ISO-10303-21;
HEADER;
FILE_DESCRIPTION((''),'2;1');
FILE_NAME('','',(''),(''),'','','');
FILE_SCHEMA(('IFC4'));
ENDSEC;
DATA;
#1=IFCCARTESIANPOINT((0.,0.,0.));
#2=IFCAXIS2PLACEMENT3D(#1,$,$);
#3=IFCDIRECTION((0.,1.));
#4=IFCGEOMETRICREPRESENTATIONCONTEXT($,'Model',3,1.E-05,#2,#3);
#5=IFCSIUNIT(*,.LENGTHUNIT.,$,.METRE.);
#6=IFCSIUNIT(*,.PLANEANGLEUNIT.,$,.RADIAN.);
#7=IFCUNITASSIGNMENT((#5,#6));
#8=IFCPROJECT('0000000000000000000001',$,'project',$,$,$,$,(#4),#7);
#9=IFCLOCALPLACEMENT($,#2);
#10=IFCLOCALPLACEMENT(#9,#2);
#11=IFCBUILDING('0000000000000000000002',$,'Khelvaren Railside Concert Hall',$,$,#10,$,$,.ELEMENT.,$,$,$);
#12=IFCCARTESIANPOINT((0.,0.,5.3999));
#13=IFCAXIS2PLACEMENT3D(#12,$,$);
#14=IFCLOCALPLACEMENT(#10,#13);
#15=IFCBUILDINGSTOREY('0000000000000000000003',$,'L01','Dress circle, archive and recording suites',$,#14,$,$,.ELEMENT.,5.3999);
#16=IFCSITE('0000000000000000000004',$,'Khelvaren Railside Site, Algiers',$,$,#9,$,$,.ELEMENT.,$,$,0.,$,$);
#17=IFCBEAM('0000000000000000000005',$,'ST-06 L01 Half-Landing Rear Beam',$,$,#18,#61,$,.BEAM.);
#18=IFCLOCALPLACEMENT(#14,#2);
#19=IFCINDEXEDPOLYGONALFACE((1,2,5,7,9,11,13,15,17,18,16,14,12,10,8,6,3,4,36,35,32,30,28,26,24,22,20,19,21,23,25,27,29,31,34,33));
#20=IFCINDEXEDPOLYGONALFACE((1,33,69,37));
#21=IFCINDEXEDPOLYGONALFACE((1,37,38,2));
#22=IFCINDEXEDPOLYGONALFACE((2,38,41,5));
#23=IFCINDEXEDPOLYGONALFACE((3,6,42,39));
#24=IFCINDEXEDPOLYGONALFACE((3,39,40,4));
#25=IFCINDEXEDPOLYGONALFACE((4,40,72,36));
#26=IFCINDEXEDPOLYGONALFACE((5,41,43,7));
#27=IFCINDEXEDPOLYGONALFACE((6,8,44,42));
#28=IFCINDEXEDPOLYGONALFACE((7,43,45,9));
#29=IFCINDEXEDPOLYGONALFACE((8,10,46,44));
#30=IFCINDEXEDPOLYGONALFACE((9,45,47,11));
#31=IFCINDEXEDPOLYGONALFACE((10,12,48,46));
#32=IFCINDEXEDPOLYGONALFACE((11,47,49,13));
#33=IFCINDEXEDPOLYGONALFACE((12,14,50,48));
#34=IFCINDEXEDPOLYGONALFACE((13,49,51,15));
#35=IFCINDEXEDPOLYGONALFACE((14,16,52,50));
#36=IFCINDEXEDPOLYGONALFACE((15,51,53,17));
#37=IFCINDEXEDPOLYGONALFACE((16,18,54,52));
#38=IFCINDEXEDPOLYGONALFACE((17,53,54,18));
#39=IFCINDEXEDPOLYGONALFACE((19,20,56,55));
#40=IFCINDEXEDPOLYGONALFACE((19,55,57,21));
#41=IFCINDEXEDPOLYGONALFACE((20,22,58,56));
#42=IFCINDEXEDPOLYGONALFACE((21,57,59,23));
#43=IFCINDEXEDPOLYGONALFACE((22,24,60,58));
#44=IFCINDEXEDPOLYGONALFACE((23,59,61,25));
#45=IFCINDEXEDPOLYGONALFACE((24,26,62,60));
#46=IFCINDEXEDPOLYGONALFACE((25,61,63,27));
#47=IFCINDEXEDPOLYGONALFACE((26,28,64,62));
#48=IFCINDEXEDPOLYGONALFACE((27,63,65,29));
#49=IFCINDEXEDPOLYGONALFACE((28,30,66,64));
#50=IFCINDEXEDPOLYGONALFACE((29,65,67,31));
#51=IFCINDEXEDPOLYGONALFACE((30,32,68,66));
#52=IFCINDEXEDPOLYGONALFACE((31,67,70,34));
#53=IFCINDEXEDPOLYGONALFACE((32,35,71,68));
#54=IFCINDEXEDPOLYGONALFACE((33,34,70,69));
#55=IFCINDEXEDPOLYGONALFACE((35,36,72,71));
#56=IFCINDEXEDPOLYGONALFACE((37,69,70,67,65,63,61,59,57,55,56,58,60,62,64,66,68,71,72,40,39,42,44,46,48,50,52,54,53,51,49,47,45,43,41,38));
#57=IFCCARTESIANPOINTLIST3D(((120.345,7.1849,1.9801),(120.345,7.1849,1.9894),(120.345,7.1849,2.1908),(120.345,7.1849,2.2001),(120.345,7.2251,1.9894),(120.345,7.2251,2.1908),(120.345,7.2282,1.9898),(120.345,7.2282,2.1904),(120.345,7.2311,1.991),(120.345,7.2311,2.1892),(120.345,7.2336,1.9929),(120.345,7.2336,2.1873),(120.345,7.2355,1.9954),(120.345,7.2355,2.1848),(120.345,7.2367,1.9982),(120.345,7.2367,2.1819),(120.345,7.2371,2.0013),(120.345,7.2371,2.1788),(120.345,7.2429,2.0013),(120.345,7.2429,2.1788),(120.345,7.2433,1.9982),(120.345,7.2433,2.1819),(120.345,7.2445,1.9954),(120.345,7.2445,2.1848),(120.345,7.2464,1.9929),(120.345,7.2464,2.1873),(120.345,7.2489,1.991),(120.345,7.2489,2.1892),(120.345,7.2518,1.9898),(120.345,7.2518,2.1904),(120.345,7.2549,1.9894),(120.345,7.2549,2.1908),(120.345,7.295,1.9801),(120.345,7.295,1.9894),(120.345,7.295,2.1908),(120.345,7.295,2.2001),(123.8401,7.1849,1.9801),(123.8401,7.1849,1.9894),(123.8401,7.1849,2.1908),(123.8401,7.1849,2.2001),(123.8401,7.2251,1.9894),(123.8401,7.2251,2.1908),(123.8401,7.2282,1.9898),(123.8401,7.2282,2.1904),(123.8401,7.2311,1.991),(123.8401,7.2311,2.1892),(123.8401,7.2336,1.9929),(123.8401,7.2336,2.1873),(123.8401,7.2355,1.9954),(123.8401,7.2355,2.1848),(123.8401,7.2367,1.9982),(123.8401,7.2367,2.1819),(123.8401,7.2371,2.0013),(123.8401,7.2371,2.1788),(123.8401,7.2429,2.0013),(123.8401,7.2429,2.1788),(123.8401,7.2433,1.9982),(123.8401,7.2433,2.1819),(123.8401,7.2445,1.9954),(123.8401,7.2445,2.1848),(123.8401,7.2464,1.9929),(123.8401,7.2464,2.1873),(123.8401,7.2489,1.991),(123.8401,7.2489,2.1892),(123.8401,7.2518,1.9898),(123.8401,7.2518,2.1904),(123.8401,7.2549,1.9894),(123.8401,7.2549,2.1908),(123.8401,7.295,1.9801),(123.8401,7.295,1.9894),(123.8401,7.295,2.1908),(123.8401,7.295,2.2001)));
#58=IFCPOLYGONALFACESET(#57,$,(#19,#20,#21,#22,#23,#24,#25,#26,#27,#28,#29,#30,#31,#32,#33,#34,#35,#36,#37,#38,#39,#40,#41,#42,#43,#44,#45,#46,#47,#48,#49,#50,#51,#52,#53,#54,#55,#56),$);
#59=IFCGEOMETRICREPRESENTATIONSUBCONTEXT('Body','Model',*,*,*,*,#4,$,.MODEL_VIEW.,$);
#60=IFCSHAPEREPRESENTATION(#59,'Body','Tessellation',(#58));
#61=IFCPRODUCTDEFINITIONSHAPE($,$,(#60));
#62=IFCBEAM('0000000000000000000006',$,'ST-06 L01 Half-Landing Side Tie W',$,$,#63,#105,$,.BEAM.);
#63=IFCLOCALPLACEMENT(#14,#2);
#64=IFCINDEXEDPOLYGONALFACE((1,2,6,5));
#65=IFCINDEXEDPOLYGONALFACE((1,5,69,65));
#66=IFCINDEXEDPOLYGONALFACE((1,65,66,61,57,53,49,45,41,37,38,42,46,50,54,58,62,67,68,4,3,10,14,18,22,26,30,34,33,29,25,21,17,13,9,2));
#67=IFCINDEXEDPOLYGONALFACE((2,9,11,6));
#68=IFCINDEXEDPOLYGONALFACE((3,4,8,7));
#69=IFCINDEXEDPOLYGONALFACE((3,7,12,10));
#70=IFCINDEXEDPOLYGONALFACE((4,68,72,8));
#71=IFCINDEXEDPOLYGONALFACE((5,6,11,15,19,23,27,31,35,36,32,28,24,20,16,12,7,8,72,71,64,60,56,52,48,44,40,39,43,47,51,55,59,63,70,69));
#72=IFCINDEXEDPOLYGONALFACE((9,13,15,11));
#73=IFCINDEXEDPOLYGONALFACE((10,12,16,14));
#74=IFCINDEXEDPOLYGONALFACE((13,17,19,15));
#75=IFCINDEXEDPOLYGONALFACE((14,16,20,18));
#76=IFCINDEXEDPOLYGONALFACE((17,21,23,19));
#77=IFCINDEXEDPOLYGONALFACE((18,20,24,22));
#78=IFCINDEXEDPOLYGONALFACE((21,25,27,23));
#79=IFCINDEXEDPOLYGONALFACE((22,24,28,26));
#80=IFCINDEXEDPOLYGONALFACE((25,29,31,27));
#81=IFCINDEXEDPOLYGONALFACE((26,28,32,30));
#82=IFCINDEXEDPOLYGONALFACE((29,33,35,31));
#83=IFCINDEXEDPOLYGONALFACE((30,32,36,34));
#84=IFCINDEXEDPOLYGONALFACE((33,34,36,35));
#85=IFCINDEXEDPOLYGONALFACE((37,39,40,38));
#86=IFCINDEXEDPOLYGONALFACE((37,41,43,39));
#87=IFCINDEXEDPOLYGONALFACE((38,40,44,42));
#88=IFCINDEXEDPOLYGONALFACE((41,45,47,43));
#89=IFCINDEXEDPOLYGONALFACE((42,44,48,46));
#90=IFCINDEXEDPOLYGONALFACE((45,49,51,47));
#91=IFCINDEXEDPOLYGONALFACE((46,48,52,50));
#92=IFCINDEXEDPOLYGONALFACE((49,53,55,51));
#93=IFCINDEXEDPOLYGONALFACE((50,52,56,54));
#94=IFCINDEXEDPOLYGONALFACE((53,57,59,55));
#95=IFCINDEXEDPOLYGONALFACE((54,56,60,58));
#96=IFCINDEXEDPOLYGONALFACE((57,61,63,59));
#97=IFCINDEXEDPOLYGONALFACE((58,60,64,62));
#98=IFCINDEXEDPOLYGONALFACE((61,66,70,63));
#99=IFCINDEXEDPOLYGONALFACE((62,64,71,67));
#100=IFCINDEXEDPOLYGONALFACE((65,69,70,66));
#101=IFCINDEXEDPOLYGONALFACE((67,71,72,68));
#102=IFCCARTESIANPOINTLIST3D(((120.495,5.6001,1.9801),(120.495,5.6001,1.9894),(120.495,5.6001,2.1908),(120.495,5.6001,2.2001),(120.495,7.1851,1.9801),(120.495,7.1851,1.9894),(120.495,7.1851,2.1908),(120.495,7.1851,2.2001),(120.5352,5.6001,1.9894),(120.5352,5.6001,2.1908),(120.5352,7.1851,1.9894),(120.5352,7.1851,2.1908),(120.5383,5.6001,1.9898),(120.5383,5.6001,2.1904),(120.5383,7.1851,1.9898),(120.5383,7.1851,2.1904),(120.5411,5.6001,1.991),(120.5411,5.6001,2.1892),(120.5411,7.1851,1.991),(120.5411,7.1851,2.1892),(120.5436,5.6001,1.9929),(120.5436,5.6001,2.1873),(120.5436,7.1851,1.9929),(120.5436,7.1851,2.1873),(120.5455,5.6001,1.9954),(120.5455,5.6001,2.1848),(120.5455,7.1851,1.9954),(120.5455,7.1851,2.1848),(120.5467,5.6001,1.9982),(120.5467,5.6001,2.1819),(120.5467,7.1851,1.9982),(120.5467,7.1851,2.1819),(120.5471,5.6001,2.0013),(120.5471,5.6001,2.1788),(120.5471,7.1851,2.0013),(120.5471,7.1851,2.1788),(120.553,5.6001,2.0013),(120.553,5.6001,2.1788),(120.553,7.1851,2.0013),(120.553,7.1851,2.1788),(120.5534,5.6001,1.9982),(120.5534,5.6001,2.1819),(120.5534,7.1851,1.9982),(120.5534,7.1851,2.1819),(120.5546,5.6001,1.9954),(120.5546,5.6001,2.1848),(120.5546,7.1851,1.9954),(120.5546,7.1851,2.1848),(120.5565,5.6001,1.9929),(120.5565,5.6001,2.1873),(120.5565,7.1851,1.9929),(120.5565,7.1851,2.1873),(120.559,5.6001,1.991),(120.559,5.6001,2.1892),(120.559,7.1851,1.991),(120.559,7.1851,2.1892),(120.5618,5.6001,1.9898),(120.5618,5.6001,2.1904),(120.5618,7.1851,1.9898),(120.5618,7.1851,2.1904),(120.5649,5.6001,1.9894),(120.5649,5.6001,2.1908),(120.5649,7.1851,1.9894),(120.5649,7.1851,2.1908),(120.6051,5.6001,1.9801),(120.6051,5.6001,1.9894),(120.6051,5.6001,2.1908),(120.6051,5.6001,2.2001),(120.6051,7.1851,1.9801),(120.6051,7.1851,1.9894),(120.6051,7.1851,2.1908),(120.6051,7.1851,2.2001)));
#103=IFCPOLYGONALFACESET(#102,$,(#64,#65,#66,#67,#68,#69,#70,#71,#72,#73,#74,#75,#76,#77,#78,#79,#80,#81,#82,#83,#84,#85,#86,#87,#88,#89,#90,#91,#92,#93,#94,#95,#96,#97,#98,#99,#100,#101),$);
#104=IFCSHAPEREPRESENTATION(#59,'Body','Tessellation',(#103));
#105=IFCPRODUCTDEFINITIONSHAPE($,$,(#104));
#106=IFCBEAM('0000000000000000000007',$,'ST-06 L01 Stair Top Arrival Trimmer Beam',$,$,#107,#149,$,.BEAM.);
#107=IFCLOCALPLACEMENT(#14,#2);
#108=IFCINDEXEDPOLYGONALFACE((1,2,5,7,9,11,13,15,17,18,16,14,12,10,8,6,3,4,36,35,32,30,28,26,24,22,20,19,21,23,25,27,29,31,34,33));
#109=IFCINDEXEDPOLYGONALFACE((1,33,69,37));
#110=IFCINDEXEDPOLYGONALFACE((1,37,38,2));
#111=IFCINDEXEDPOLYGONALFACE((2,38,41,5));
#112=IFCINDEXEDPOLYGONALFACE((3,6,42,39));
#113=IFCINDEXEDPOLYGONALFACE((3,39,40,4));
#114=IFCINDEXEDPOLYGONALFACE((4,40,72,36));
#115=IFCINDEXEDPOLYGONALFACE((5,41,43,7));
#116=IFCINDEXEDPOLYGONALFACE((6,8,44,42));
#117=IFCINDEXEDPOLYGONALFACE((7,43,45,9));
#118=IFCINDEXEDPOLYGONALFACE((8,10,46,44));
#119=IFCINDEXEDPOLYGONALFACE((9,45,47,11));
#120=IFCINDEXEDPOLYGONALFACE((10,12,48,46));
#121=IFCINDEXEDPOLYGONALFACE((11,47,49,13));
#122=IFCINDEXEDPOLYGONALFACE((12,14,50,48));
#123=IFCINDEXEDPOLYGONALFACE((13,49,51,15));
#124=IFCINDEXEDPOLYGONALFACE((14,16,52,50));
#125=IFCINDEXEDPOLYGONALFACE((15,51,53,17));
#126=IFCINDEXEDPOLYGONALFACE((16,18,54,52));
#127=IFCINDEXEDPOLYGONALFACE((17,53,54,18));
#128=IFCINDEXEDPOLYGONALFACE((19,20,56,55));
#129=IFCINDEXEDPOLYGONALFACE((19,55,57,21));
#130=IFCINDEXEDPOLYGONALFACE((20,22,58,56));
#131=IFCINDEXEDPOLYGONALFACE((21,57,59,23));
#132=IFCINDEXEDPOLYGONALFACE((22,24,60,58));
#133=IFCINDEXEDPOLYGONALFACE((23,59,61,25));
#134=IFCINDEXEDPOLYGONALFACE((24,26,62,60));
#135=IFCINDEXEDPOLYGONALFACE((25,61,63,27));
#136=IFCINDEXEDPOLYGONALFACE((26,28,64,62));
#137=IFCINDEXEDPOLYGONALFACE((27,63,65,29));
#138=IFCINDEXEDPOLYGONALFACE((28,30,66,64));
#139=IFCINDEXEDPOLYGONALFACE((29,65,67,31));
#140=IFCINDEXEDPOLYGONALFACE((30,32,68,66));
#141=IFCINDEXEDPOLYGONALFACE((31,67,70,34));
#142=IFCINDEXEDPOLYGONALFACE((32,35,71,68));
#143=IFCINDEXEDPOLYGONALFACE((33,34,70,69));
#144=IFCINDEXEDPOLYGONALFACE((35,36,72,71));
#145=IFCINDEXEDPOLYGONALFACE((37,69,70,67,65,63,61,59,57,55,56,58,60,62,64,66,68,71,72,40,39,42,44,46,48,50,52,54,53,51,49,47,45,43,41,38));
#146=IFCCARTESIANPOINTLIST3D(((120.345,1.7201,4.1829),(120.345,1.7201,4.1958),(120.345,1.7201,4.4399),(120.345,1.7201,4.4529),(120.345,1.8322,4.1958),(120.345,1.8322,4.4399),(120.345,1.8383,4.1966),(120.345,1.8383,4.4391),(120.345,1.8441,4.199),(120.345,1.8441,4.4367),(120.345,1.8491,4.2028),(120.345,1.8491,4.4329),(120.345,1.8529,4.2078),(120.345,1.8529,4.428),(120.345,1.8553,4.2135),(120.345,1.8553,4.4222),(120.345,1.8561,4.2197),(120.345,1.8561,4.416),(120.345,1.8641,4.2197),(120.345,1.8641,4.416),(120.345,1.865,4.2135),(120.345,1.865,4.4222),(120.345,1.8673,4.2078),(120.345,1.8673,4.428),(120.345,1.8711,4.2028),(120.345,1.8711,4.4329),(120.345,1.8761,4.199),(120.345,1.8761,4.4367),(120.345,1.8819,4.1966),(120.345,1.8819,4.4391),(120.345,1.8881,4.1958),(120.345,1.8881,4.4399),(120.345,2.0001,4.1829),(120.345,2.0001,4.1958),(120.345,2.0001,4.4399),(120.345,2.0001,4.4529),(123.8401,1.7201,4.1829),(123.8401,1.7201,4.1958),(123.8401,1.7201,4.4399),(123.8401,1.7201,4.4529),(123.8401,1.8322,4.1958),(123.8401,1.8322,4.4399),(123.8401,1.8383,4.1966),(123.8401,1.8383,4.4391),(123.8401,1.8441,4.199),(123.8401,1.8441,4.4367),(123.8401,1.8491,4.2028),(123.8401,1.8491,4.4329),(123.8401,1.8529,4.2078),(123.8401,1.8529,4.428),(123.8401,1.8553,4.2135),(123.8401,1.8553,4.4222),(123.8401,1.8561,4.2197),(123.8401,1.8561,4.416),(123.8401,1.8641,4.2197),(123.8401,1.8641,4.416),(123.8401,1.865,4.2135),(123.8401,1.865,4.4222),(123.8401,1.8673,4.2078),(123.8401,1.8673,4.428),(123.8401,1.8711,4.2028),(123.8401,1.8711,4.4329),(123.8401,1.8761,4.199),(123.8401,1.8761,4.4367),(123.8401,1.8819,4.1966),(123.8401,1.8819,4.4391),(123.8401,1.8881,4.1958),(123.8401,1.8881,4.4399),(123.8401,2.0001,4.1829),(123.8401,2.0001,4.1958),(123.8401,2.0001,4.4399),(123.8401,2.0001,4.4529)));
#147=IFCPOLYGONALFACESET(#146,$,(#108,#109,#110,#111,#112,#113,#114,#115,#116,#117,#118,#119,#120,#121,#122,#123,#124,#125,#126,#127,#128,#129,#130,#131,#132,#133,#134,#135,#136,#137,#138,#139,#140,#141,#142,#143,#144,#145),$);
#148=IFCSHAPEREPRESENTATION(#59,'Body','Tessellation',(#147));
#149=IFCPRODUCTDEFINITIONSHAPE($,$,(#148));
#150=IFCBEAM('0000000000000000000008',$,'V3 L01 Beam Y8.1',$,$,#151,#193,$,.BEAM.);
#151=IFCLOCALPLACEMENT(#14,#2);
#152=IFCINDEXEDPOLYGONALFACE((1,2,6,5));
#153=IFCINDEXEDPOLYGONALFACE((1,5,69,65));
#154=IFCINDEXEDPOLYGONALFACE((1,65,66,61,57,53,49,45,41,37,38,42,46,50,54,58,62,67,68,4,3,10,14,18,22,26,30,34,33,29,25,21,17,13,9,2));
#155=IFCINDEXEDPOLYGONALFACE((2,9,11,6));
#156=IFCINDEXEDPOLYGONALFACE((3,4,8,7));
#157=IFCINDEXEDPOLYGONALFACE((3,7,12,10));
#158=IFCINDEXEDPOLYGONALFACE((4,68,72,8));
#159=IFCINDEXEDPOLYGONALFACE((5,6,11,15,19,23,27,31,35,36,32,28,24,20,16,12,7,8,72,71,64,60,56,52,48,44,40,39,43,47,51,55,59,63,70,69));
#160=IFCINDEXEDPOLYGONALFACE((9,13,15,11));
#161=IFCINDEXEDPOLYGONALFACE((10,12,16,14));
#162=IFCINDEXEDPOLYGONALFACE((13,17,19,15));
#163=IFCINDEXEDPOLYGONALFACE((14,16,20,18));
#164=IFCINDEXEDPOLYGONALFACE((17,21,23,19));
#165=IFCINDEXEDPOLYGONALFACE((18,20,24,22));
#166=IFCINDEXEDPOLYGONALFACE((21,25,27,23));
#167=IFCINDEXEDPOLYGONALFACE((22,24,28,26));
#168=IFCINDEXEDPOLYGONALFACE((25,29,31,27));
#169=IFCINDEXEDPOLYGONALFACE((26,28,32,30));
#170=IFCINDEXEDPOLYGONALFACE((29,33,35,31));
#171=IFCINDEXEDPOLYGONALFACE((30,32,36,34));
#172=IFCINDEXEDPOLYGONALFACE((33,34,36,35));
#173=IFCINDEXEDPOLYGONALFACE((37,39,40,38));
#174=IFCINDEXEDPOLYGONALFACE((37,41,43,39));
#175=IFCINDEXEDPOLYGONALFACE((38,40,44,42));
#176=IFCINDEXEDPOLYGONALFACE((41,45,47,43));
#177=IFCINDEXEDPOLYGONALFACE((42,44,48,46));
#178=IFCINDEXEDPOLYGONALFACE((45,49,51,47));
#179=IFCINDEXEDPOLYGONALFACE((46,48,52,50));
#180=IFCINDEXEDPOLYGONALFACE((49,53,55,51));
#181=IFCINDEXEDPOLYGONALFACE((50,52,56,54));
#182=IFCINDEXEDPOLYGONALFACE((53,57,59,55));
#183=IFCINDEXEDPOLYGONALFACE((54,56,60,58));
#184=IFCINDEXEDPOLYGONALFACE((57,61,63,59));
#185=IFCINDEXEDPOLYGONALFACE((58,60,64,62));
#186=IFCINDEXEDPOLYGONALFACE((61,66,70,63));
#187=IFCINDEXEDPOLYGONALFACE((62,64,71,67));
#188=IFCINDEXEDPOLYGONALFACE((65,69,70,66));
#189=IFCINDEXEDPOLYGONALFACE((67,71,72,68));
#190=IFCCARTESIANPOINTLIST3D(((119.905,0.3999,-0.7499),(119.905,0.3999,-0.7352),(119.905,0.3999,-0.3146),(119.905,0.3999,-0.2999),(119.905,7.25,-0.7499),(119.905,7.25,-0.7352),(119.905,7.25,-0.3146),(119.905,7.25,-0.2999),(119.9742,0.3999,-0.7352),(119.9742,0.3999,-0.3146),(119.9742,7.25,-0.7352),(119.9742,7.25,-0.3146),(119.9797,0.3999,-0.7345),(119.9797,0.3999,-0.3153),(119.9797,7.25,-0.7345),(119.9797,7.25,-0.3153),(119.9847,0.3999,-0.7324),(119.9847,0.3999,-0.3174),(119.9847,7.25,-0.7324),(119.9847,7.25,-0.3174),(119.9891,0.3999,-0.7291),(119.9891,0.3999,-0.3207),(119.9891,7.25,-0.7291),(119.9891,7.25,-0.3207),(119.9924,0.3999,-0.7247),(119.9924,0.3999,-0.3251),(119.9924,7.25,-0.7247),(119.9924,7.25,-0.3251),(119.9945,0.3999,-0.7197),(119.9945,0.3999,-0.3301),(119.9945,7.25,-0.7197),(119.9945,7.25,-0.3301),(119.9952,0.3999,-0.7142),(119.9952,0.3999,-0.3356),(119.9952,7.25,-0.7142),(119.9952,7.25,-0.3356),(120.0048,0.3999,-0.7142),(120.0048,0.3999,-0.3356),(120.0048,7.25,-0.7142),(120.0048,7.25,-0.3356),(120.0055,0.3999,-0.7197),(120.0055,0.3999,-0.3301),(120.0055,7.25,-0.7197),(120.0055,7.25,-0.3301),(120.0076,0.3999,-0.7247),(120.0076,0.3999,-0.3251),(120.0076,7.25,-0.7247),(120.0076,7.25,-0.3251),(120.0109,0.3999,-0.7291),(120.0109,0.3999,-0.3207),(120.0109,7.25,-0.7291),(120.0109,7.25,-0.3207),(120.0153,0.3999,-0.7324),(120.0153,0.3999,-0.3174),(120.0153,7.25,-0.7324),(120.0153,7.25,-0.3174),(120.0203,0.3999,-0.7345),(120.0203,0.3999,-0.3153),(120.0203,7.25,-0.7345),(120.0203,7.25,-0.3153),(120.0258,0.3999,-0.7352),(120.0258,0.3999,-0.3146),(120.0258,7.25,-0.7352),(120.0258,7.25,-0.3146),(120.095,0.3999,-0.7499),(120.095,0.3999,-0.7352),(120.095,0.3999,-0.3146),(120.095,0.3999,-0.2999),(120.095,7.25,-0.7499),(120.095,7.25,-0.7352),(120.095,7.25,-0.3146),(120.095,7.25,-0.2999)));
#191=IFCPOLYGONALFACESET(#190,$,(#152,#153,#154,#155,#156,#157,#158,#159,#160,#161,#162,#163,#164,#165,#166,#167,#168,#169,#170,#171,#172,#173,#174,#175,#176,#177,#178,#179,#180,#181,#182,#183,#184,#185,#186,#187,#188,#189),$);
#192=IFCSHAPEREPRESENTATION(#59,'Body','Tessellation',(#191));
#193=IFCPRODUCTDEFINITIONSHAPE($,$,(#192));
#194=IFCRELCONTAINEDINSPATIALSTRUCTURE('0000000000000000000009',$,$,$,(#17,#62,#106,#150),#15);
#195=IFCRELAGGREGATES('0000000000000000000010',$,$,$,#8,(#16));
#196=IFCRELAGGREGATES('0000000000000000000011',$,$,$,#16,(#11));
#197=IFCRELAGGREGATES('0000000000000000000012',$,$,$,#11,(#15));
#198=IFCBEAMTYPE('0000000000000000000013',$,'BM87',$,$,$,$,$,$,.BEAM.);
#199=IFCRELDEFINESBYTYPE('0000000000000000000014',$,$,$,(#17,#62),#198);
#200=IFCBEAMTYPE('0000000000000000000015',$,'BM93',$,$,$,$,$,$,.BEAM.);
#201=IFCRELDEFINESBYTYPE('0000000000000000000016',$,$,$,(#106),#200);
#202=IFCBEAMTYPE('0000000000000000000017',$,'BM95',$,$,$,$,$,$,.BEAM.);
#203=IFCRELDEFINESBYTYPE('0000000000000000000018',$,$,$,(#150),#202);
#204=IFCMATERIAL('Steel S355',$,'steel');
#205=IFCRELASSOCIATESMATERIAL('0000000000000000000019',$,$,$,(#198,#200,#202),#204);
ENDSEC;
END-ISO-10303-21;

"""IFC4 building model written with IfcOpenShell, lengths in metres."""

from ifc_helpers import new_model, si_unit, direction, frame, origin, origin_2d, place, context, subcontext, project, spatial, i_section, extrude, material, material_profile, profile_set, type_object, element, save


model = new_model("IFC4")

# Units and contexts
model_context = context("Model", 3, precision=1e-05, world=origin(), true_north=direction((0.0, 1.0)))
body_context = subcontext(model_context, "Body", "Model", "MODEL_VIEW")
ifc_project = project(units=[si_unit("LENGTHUNIT", "METRE"), si_unit("PLANEANGLEUNIT", "RADIAN")], contexts=[model_context])

# Site, building, storey
site_placement = place(None, origin())
site = spatial("IfcSite", under=ifc_project, at=site_placement, Name="Khelvaren Railside Site, Algiers", CompositionType="ELEMENT", RefElevation=0.0)
building_placement = place(site_placement, origin())
building = spatial("IfcBuilding", under=site, at=building_placement, Name="Khelvaren Railside Concert Hall", CompositionType="ELEMENT")
storey_placement = place(building_placement, frame((0.0, 0.0, 5.3999)))
storey = spatial("IfcBuildingStorey", under=building, at=storey_placement, Name="L01", Description="Dress circle, archive and recording suites", CompositionType="ELEMENT", Elevation=5.3999)

# Beams
ifc_material_1 = material(Name="Steel S355", Category="steel")
ifc_material_profile_1 = material_profile(ifc_material_1, i_section(OverallWidth=0.1101, OverallDepth=0.22, WebThickness=0.0059, FlangeThickness=0.0093, FilletRadius=0.012, at=origin_2d()), Name="IPE 220")
ifc_profile_set_1 = profile_set([ifc_material_profile_1], Name="Steel S355")
beam_type_1 = type_object("IfcBeamType", Name="BM87", PredefinedType="BEAM", material=ifc_profile_set_1)
for number, where, z_axis, x_axis, name in (
    (1, (120.345, 7.24, 2.0901), (1.0, 0.0, 0.0), (0.0, 1.0, 0.0), "ST-06 L01 Half-Landing Rear Beam"),
):
    element("IfcBeam", number, at=place(storey_placement, frame(where, z_axis=z_axis, x_axis=x_axis)), inside=storey, type_object=beam_type_1, Name=name, PredefinedType="BEAM", context=body_context, shape_type="SweptSolid", body=[
        extrude(i_section(OverallWidth=0.1101, OverallDepth=0.22, WebThickness=0.0059, FlangeThickness=0.0093, FilletRadius=0.012, at=origin_2d()), origin(), (0.0, 0.0, 1.0), 3.4951),
    ])
beam_1_placement = place(storey_placement, frame((120.55, 5.6001, 2.0901), z_axis=(0.0, 1.0, 0.0), x_axis=(-1.0, 0.0, 0.0)))
element("IfcBeam", 2, at=beam_1_placement, inside=storey, type_object=beam_type_1, Name="ST-06 L01 Half-Landing Side Tie W", PredefinedType="BEAM", context=body_context, shape_type="SweptSolid", body=[
    extrude(i_section(OverallWidth=0.1101, OverallDepth=0.22, WebThickness=0.0059, FlangeThickness=0.0093, FilletRadius=0.012, at=origin_2d()), origin(), (0.0, 0.0, 1.0), 1.585),
])
ifc_material_profile_2 = material_profile(ifc_material_1, i_section(OverallWidth=0.28, OverallDepth=0.27, WebThickness=0.0081, FlangeThickness=0.0129, FilletRadius=0.0239, at=origin_2d()), Name="HEA 280")
ifc_profile_set_2 = profile_set([ifc_material_profile_2], Name="Steel S355")
beam_type_2 = type_object("IfcBeamType", Name="BM93", PredefinedType="BEAM", material=ifc_profile_set_2)
beam_2_placement = place(storey_placement, frame((120.345, 1.8601, 4.3179), z_axis=(1.0, 0.0, 0.0), x_axis=(0.0, 1.0, 0.0)))
element("IfcBeam", 3, at=beam_2_placement, inside=storey, type_object=beam_type_2, Name="ST-06 L01 Stair Top Arrival Trimmer Beam", PredefinedType="BEAM", context=body_context, shape_type="SweptSolid", body=[
    extrude(i_section(OverallWidth=0.28, OverallDepth=0.27, WebThickness=0.0081, FlangeThickness=0.0129, FilletRadius=0.0239, at=origin_2d()), origin(), (0.0, 0.0, 1.0), 3.4951),
])
ifc_material_profile_3 = material_profile(ifc_material_1, i_section(OverallWidth=0.1899, OverallDepth=0.45, WebThickness=0.0095, FlangeThickness=0.0146, FilletRadius=0.021, at=origin_2d()), Name="IPE 450")
ifc_profile_set_3 = profile_set([ifc_material_profile_3], Name="Steel S355")
beam_type_3 = type_object("IfcBeamType", Name="BM95", PredefinedType="BEAM", material=ifc_profile_set_3)
beam_3_placement = place(storey_placement, frame((120.0, 0.3999, -0.5249), z_axis=(0.0, 1.0, 0.0), x_axis=(-1.0, 0.0, 0.0)))
element("IfcBeam", 4, at=beam_3_placement, inside=storey, type_object=beam_type_3, Name="V3 L01 Beam Y8.1", PredefinedType="BEAM", context=body_context, shape_type="SweptSolid", body=[
    extrude(i_section(OverallWidth=0.1899, OverallDepth=0.45, WebThickness=0.0095, FlangeThickness=0.0146, FilletRadius=0.021, at=origin_2d()), origin(), (0.0, 0.0, 1.0), 6.8501),
])

save(model, "model.ifc")
